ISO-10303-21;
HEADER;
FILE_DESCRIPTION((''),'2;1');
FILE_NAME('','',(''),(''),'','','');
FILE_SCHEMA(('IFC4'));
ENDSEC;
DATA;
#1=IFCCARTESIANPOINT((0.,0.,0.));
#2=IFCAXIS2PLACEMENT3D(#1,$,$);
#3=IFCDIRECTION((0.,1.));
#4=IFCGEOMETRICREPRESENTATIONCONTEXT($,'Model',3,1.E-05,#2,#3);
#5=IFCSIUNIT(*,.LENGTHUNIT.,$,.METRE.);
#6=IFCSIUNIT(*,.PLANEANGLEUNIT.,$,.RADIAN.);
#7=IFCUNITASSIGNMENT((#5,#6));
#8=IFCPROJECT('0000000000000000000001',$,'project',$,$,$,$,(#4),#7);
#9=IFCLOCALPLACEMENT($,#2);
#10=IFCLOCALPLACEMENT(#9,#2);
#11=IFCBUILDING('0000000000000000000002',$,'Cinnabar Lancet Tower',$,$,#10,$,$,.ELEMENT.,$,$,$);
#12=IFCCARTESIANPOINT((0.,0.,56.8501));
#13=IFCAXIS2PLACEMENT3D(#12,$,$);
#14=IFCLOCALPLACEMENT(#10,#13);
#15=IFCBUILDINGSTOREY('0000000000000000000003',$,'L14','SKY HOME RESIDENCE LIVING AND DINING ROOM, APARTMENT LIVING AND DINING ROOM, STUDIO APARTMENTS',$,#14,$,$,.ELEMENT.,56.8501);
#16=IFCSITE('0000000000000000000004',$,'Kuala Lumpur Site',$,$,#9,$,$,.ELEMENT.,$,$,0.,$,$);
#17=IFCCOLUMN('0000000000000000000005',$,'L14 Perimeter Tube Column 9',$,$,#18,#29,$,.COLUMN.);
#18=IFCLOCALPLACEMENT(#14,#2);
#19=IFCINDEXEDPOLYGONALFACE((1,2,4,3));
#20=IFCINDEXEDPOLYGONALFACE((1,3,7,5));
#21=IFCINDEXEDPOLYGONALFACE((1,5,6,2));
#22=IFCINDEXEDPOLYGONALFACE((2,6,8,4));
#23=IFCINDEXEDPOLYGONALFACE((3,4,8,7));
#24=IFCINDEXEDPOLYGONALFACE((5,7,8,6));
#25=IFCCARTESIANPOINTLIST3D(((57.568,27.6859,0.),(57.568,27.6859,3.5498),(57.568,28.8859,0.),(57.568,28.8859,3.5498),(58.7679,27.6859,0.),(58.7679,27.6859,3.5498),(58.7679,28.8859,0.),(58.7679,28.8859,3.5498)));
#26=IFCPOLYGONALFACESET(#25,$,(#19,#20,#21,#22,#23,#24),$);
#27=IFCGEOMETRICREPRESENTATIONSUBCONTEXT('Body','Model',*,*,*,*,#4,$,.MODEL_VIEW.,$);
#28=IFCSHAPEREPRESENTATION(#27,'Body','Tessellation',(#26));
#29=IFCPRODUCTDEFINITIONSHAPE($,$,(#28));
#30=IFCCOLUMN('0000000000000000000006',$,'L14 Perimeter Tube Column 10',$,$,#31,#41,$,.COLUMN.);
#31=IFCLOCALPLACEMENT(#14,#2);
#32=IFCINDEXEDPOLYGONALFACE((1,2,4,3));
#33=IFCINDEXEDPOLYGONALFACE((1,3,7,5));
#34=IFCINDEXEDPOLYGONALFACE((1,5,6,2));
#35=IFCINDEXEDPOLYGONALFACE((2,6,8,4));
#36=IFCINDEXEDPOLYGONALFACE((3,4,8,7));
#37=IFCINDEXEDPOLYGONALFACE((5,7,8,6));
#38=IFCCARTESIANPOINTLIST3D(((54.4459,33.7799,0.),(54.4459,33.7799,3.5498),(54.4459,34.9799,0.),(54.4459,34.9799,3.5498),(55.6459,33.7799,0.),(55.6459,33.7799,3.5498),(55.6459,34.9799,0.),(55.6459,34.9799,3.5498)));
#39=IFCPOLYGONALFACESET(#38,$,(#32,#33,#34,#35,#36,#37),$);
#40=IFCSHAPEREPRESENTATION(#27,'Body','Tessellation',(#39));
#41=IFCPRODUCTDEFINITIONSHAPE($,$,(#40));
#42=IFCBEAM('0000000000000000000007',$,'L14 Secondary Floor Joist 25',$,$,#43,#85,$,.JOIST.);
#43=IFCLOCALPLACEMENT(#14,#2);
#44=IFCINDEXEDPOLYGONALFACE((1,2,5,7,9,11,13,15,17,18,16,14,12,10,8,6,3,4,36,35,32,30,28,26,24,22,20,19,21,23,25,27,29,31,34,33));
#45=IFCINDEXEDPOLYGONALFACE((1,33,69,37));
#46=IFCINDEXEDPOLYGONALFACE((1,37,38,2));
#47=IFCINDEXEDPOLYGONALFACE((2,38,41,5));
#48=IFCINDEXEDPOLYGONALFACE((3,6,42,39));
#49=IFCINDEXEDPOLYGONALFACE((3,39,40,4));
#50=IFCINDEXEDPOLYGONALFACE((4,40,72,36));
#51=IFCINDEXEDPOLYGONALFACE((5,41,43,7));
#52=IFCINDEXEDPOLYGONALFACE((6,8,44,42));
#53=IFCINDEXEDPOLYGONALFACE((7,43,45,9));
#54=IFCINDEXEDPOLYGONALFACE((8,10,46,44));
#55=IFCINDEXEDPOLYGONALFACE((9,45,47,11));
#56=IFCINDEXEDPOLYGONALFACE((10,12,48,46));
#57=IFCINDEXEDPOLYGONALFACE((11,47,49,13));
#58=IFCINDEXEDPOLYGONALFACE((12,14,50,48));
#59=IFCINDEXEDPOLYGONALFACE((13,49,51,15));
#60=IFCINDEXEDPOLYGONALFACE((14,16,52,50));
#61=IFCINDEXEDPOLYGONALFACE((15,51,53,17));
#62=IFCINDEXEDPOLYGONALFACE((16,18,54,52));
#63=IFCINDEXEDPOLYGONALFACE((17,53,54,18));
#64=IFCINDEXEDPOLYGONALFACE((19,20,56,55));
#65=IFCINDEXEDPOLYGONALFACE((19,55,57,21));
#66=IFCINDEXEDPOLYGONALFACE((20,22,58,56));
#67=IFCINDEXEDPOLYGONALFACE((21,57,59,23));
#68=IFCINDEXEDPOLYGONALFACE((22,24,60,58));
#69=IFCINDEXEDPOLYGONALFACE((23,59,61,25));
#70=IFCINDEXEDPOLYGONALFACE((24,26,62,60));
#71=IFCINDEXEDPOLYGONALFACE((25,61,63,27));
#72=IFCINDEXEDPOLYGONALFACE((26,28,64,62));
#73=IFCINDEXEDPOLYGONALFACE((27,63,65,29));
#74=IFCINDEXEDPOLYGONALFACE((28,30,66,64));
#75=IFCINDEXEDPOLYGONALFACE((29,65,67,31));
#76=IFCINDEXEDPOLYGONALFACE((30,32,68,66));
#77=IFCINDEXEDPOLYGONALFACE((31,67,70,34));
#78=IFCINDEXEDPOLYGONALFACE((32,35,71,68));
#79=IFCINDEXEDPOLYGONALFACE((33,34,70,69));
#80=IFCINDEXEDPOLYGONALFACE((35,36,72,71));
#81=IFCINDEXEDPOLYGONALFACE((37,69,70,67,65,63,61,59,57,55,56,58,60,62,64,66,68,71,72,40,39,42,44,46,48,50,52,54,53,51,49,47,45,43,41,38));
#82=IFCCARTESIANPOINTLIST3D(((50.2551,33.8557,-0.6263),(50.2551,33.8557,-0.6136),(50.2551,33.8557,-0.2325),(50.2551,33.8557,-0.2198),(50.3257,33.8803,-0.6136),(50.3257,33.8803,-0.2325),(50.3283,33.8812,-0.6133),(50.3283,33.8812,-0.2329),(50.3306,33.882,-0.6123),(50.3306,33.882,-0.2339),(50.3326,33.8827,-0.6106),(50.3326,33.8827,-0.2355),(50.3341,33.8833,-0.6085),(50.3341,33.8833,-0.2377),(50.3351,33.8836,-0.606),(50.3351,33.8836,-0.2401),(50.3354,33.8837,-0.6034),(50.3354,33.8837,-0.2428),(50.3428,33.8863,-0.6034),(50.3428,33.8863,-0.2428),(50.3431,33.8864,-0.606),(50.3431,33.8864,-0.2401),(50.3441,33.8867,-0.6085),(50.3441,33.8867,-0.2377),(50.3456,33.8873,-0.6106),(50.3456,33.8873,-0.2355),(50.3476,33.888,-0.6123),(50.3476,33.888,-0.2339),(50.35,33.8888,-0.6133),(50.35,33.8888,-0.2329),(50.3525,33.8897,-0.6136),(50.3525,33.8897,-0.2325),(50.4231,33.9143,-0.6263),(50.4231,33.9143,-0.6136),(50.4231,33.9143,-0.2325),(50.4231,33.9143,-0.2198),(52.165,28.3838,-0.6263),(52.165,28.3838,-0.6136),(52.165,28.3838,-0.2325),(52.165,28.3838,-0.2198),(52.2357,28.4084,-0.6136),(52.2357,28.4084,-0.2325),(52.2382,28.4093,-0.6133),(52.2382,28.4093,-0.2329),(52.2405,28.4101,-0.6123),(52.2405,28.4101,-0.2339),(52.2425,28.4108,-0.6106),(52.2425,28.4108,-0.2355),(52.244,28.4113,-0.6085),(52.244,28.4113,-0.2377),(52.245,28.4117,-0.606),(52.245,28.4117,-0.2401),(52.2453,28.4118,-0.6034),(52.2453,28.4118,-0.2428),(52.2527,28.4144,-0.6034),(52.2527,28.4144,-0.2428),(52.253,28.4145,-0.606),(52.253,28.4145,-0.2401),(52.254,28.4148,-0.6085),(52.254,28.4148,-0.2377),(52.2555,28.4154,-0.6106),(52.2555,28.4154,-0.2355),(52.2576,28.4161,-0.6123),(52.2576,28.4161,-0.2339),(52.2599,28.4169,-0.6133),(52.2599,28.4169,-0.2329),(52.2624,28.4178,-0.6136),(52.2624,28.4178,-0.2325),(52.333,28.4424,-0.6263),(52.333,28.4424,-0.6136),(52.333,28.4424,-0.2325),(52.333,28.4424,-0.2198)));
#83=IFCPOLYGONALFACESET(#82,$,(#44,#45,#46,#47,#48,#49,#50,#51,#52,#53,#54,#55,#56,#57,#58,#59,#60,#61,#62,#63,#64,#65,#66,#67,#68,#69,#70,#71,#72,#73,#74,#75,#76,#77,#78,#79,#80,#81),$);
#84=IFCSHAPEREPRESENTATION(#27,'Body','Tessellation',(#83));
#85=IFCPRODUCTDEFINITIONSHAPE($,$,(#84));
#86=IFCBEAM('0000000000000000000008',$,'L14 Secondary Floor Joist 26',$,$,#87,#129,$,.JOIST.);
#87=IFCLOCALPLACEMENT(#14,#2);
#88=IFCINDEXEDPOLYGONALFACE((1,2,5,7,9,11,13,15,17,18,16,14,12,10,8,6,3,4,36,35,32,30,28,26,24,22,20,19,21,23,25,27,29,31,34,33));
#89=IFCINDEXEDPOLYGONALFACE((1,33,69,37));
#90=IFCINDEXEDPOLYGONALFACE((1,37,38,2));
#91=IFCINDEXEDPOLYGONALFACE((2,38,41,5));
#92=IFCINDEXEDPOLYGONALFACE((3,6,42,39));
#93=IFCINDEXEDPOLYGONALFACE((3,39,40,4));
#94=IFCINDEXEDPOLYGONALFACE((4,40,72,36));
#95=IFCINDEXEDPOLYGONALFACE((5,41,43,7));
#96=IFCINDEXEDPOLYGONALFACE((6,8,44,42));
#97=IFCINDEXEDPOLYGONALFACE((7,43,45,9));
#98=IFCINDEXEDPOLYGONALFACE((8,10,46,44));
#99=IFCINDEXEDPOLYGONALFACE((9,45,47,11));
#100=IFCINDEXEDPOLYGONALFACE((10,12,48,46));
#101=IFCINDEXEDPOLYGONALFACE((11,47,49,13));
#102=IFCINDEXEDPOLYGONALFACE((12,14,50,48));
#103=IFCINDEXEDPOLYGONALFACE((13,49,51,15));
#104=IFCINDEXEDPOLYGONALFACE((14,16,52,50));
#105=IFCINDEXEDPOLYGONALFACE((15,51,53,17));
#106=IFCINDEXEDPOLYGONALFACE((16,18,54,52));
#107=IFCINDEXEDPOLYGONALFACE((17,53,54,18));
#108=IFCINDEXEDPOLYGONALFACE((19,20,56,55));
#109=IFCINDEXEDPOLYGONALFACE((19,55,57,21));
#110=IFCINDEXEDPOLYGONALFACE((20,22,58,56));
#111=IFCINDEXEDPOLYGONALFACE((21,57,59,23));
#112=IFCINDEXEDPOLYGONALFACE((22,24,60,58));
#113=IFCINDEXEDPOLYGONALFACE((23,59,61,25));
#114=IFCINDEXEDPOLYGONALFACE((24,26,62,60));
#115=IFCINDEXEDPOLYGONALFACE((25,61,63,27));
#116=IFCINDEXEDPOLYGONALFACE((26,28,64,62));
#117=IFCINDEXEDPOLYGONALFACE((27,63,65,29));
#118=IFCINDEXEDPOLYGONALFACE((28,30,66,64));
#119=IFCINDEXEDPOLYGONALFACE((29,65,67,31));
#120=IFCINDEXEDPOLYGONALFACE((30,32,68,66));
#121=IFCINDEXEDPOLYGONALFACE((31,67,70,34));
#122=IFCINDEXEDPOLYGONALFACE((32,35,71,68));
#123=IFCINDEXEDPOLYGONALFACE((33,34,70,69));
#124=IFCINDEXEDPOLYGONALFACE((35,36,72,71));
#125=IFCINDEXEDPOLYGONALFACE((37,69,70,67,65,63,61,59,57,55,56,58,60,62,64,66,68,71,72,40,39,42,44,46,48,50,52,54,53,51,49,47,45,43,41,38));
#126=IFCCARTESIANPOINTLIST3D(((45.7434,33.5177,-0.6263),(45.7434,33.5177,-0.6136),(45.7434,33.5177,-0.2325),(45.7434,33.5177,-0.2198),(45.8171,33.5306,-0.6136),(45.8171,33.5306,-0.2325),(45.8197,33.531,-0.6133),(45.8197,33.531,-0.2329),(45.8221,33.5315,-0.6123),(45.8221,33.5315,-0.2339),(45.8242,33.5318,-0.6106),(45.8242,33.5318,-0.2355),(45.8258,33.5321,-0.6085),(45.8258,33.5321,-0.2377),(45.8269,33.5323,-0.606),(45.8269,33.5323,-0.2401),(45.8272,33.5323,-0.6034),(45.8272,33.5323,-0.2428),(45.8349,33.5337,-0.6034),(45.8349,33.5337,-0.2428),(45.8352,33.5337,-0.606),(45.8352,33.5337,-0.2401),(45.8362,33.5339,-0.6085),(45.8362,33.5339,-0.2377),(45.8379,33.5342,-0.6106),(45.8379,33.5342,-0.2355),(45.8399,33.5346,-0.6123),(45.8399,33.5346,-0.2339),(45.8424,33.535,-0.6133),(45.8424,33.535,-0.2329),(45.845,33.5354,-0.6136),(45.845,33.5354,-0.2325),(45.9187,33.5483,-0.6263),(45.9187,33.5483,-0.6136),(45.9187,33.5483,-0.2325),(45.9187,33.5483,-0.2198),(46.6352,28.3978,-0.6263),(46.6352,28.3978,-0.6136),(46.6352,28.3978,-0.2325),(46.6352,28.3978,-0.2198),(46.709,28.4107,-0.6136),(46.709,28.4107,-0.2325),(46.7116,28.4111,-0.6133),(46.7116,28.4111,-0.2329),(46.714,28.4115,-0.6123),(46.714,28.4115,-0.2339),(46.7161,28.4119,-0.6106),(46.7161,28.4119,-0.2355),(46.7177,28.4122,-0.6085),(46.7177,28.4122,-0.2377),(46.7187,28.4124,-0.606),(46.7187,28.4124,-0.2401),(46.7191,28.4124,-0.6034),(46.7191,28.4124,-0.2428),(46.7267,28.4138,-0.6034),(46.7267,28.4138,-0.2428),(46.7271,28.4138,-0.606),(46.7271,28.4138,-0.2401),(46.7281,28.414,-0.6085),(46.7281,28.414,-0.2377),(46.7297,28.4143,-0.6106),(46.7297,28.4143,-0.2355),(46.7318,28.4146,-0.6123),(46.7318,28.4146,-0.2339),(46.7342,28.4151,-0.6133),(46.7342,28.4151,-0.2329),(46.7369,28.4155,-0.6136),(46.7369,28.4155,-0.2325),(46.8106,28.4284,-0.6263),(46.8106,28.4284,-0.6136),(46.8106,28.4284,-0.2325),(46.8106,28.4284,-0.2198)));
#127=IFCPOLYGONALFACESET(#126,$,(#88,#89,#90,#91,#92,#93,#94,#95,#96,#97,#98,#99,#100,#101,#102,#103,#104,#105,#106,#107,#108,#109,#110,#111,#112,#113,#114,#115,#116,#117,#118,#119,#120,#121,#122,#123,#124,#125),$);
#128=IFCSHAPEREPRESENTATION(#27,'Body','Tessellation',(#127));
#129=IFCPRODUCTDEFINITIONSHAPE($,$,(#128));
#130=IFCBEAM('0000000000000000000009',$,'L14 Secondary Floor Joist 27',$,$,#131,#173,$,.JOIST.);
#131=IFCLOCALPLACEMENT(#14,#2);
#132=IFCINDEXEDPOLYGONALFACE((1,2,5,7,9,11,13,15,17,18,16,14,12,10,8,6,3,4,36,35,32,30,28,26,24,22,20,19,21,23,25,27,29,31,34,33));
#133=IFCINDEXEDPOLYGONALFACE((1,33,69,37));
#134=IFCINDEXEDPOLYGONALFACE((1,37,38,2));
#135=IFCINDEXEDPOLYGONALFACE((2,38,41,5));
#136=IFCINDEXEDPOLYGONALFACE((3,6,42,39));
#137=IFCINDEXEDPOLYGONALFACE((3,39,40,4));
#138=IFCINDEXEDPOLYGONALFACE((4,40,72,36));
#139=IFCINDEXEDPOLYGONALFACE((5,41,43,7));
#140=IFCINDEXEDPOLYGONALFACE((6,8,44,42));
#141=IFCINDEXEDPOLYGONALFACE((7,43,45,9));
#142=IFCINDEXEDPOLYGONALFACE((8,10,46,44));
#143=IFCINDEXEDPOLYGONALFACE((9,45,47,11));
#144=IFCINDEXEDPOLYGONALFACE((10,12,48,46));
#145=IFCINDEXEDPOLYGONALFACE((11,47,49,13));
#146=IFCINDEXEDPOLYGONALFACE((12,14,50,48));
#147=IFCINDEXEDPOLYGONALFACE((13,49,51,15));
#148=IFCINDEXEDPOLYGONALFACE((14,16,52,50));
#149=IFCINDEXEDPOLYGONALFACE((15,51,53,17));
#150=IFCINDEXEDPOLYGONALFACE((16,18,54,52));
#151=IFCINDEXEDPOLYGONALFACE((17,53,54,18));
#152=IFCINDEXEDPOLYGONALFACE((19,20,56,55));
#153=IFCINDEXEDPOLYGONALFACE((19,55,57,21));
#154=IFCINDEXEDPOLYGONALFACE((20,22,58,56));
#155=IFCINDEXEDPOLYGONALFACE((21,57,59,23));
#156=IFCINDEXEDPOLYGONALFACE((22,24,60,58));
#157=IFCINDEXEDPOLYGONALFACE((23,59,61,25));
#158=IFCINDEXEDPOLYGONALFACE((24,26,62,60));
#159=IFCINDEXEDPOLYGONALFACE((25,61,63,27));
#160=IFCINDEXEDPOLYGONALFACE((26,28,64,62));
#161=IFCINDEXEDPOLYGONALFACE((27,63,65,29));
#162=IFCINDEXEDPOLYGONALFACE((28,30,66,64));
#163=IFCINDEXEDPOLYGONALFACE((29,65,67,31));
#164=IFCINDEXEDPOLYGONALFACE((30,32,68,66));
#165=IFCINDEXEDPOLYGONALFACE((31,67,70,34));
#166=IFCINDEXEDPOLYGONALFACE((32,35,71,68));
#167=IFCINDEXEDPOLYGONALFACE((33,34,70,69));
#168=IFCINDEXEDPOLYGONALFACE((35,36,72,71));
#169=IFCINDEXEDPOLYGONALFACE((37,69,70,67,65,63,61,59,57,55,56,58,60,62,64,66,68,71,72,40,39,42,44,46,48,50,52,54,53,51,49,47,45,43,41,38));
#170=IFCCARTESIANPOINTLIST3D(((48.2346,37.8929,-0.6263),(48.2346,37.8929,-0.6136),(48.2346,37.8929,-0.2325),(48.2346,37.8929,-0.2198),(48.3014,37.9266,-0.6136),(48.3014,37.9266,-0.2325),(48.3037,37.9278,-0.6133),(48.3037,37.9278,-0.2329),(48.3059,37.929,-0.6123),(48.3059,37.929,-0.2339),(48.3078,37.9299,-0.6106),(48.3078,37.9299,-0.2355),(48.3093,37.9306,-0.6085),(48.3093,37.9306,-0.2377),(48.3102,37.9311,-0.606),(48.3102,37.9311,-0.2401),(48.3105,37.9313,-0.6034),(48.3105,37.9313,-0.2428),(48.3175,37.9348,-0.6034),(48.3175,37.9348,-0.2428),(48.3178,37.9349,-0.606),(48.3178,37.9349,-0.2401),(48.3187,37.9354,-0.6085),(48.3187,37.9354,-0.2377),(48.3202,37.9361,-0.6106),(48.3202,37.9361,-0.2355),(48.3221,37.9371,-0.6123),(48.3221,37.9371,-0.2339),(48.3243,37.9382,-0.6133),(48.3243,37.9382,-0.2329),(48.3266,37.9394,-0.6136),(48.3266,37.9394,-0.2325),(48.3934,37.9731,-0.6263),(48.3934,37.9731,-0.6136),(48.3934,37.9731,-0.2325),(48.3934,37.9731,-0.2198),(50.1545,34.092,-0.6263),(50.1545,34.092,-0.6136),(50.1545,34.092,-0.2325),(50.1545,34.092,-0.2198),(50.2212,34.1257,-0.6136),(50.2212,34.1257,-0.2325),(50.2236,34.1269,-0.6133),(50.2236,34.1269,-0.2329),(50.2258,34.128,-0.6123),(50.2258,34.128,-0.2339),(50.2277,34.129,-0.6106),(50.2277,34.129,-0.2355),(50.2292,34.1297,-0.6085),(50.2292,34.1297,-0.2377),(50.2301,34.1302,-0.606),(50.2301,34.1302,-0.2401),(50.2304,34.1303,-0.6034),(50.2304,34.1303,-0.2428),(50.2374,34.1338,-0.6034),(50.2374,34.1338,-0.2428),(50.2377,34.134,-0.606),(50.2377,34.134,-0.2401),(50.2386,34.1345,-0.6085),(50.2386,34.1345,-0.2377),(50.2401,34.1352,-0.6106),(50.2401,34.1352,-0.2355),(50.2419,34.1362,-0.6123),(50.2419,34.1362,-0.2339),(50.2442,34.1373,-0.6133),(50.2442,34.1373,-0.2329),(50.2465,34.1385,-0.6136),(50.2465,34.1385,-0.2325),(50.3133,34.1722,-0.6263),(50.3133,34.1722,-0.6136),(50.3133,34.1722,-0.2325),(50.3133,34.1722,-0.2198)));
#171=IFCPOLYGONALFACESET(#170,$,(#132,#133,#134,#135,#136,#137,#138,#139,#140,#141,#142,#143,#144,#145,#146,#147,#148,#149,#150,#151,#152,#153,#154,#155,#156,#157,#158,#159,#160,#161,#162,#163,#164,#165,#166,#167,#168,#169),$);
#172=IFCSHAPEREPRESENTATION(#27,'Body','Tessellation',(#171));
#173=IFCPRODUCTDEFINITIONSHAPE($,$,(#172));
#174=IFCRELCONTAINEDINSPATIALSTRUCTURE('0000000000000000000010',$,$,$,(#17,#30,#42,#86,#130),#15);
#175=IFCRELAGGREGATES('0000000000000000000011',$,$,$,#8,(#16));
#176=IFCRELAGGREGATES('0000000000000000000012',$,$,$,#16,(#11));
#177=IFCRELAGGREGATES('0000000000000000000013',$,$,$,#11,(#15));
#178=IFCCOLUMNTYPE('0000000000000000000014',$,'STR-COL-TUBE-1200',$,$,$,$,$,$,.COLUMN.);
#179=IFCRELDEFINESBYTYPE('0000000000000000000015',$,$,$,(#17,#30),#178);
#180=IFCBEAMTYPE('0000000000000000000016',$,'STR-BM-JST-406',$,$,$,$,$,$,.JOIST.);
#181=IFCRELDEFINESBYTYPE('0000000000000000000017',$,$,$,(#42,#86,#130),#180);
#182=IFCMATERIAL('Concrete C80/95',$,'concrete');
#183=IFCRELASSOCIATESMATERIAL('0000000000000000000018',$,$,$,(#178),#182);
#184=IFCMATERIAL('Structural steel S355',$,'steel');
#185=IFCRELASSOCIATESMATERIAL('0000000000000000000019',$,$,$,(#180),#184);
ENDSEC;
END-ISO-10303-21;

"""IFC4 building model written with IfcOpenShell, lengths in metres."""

from ifc_helpers import new_model, si_unit, direction, frame, origin, origin_2d, place, context, subcontext, project, spatial, rectangle, i_section, extrude, material, material_profile, profile_set, type_object, element, save


model = new_model("IFC4")

# Units and contexts
model_context = context("Model", 3, precision=1e-05, world=origin(), true_north=direction((0.0, 1.0)))
body_context = subcontext(model_context, "Body", "Model", "MODEL_VIEW")
ifc_project = project(units=[si_unit("LENGTHUNIT", "METRE"), si_unit("PLANEANGLEUNIT", "RADIAN")], contexts=[model_context])

# Site, building, storey
site_placement = place(None, origin())
site = spatial("IfcSite", under=ifc_project, at=site_placement, Name="Kuala Lumpur Site", CompositionType="ELEMENT", RefElevation=0.0)
building_placement = place(site_placement, origin())
building = spatial("IfcBuilding", under=site, at=building_placement, Name="Cinnabar Lancet Tower", CompositionType="ELEMENT")
storey_placement = place(building_placement, frame((0.0, 0.0, 56.8501)))
storey = spatial("IfcBuildingStorey", under=building, at=storey_placement, Name="L14", Description="SKY HOME RESIDENCE LIVING AND DINING ROOM, APARTMENT LIVING AND DINING ROOM, STUDIO APARTMENTS", CompositionType="ELEMENT", Elevation=56.8501)

# Columns
ifc_material_1 = material(Name="Concrete C80/95", Category="concrete")
ifc_material_profile_1 = material_profile(ifc_material_1, rectangle(XDim=1.2, YDim=1.2, at=origin_2d()), Name="RC-COL 1200x1200")
ifc_profile_set_1 = profile_set([ifc_material_profile_1], Name="Concrete C80/95")
column_type = type_object("IfcColumnType", Name="STR-COL-TUBE-1200", PredefinedType="COLUMN", material=ifc_profile_set_1)
for number, where, z_axis, x_axis, name in (
    (1, (58.168, 28.2859, 0.0), (0.0, 0.0, 1.0), (1.0, 0.0, 0.0), "L14 Perimeter Tube Column 9"),
    (2, (55.0459, 34.3799, 0.0), (0.0, 0.0, 1.0), (1.0, 0.0, 0.0), "L14 Perimeter Tube Column 10"),
):
    element("IfcColumn", number, at=place(storey_placement, frame(where, z_axis=z_axis, x_axis=x_axis)), inside=storey, type_object=column_type, Name=name, PredefinedType="COLUMN", context=body_context, shape_type="SweptSolid", body=[
        extrude(rectangle(XDim=1.2, YDim=1.2, at=origin_2d()), origin(), (0.0, 0.0, 1.0), 3.5498),
    ])

# Beams
ifc_material_2 = material(Name="Structural steel S355", Category="steel")
ifc_material_profile_2 = material_profile(ifc_material_2, i_section(OverallWidth=0.178, OverallDepth=0.4065, WebThickness=0.0078, FlangeThickness=0.0127, FilletRadius=0.0103, at=origin_2d()), Name="UKB 406x178x60")
ifc_profile_set_2 = profile_set([ifc_material_profile_2], Name="Structural steel S355")
beam_type_1 = type_object("IfcBeamType", Name="STR-BM-JST-406", PredefinedType="JOIST", material=ifc_profile_set_2)
beam_1_placement = place(storey_placement, frame((52.249, 28.4131, -0.4231), z_axis=(-0.329542, 0.944141, 0.0), x_axis=(-0.944141, -0.329542, 0.0)))
element("IfcBeam", 3, at=beam_1_placement, inside=storey, type_object=beam_type_1, Name="L14 Secondary Floor Joist 25", PredefinedType="JOIST", context=body_context, shape_type="SweptSolid", body=[
    extrude(i_section(OverallWidth=0.178, OverallDepth=0.4065, WebThickness=0.0078, FlangeThickness=0.0127, FilletRadius=0.0103, at=origin_2d()), origin(), (0.0, 0.0, 1.0), 5.7957),
])
beam_2_placement = place(storey_placement, frame((46.7229, 28.4131, -0.4231), z_axis=(-0.171609, 0.985165, 0.0), x_axis=(-0.985165, -0.171609, 0.0)))
element("IfcBeam", 4, at=beam_2_placement, inside=storey, type_object=beam_type_1, Name="L14 Secondary Floor Joist 26", PredefinedType="JOIST", context=body_context, shape_type="SweptSolid", body=[
    extrude(i_section(OverallWidth=0.178, OverallDepth=0.4065, WebThickness=0.0078, FlangeThickness=0.0127, FilletRadius=0.0103, at=origin_2d()), origin(), (0.0, 0.0, 1.0), 5.197),
])
beam_3_placement = place(storey_placement, frame((50.2339, 34.1321, -0.4231), z_axis=(-0.450856, 0.892597, 0.0), x_axis=(-0.892597, -0.450856, 0.0)))
element("IfcBeam", 5, at=beam_3_placement, inside=storey, type_object=beam_type_1, Name="L14 Secondary Floor Joist 27", PredefinedType="JOIST", context=body_context, shape_type="SweptSolid", body=[
    extrude(i_section(OverallWidth=0.178, OverallDepth=0.4065, WebThickness=0.0078, FlangeThickness=0.0127, FilletRadius=0.0103, at=origin_2d()), origin(), (0.0, 0.0, 1.0), 4.2583),
])

save(model, "model.ifc")
